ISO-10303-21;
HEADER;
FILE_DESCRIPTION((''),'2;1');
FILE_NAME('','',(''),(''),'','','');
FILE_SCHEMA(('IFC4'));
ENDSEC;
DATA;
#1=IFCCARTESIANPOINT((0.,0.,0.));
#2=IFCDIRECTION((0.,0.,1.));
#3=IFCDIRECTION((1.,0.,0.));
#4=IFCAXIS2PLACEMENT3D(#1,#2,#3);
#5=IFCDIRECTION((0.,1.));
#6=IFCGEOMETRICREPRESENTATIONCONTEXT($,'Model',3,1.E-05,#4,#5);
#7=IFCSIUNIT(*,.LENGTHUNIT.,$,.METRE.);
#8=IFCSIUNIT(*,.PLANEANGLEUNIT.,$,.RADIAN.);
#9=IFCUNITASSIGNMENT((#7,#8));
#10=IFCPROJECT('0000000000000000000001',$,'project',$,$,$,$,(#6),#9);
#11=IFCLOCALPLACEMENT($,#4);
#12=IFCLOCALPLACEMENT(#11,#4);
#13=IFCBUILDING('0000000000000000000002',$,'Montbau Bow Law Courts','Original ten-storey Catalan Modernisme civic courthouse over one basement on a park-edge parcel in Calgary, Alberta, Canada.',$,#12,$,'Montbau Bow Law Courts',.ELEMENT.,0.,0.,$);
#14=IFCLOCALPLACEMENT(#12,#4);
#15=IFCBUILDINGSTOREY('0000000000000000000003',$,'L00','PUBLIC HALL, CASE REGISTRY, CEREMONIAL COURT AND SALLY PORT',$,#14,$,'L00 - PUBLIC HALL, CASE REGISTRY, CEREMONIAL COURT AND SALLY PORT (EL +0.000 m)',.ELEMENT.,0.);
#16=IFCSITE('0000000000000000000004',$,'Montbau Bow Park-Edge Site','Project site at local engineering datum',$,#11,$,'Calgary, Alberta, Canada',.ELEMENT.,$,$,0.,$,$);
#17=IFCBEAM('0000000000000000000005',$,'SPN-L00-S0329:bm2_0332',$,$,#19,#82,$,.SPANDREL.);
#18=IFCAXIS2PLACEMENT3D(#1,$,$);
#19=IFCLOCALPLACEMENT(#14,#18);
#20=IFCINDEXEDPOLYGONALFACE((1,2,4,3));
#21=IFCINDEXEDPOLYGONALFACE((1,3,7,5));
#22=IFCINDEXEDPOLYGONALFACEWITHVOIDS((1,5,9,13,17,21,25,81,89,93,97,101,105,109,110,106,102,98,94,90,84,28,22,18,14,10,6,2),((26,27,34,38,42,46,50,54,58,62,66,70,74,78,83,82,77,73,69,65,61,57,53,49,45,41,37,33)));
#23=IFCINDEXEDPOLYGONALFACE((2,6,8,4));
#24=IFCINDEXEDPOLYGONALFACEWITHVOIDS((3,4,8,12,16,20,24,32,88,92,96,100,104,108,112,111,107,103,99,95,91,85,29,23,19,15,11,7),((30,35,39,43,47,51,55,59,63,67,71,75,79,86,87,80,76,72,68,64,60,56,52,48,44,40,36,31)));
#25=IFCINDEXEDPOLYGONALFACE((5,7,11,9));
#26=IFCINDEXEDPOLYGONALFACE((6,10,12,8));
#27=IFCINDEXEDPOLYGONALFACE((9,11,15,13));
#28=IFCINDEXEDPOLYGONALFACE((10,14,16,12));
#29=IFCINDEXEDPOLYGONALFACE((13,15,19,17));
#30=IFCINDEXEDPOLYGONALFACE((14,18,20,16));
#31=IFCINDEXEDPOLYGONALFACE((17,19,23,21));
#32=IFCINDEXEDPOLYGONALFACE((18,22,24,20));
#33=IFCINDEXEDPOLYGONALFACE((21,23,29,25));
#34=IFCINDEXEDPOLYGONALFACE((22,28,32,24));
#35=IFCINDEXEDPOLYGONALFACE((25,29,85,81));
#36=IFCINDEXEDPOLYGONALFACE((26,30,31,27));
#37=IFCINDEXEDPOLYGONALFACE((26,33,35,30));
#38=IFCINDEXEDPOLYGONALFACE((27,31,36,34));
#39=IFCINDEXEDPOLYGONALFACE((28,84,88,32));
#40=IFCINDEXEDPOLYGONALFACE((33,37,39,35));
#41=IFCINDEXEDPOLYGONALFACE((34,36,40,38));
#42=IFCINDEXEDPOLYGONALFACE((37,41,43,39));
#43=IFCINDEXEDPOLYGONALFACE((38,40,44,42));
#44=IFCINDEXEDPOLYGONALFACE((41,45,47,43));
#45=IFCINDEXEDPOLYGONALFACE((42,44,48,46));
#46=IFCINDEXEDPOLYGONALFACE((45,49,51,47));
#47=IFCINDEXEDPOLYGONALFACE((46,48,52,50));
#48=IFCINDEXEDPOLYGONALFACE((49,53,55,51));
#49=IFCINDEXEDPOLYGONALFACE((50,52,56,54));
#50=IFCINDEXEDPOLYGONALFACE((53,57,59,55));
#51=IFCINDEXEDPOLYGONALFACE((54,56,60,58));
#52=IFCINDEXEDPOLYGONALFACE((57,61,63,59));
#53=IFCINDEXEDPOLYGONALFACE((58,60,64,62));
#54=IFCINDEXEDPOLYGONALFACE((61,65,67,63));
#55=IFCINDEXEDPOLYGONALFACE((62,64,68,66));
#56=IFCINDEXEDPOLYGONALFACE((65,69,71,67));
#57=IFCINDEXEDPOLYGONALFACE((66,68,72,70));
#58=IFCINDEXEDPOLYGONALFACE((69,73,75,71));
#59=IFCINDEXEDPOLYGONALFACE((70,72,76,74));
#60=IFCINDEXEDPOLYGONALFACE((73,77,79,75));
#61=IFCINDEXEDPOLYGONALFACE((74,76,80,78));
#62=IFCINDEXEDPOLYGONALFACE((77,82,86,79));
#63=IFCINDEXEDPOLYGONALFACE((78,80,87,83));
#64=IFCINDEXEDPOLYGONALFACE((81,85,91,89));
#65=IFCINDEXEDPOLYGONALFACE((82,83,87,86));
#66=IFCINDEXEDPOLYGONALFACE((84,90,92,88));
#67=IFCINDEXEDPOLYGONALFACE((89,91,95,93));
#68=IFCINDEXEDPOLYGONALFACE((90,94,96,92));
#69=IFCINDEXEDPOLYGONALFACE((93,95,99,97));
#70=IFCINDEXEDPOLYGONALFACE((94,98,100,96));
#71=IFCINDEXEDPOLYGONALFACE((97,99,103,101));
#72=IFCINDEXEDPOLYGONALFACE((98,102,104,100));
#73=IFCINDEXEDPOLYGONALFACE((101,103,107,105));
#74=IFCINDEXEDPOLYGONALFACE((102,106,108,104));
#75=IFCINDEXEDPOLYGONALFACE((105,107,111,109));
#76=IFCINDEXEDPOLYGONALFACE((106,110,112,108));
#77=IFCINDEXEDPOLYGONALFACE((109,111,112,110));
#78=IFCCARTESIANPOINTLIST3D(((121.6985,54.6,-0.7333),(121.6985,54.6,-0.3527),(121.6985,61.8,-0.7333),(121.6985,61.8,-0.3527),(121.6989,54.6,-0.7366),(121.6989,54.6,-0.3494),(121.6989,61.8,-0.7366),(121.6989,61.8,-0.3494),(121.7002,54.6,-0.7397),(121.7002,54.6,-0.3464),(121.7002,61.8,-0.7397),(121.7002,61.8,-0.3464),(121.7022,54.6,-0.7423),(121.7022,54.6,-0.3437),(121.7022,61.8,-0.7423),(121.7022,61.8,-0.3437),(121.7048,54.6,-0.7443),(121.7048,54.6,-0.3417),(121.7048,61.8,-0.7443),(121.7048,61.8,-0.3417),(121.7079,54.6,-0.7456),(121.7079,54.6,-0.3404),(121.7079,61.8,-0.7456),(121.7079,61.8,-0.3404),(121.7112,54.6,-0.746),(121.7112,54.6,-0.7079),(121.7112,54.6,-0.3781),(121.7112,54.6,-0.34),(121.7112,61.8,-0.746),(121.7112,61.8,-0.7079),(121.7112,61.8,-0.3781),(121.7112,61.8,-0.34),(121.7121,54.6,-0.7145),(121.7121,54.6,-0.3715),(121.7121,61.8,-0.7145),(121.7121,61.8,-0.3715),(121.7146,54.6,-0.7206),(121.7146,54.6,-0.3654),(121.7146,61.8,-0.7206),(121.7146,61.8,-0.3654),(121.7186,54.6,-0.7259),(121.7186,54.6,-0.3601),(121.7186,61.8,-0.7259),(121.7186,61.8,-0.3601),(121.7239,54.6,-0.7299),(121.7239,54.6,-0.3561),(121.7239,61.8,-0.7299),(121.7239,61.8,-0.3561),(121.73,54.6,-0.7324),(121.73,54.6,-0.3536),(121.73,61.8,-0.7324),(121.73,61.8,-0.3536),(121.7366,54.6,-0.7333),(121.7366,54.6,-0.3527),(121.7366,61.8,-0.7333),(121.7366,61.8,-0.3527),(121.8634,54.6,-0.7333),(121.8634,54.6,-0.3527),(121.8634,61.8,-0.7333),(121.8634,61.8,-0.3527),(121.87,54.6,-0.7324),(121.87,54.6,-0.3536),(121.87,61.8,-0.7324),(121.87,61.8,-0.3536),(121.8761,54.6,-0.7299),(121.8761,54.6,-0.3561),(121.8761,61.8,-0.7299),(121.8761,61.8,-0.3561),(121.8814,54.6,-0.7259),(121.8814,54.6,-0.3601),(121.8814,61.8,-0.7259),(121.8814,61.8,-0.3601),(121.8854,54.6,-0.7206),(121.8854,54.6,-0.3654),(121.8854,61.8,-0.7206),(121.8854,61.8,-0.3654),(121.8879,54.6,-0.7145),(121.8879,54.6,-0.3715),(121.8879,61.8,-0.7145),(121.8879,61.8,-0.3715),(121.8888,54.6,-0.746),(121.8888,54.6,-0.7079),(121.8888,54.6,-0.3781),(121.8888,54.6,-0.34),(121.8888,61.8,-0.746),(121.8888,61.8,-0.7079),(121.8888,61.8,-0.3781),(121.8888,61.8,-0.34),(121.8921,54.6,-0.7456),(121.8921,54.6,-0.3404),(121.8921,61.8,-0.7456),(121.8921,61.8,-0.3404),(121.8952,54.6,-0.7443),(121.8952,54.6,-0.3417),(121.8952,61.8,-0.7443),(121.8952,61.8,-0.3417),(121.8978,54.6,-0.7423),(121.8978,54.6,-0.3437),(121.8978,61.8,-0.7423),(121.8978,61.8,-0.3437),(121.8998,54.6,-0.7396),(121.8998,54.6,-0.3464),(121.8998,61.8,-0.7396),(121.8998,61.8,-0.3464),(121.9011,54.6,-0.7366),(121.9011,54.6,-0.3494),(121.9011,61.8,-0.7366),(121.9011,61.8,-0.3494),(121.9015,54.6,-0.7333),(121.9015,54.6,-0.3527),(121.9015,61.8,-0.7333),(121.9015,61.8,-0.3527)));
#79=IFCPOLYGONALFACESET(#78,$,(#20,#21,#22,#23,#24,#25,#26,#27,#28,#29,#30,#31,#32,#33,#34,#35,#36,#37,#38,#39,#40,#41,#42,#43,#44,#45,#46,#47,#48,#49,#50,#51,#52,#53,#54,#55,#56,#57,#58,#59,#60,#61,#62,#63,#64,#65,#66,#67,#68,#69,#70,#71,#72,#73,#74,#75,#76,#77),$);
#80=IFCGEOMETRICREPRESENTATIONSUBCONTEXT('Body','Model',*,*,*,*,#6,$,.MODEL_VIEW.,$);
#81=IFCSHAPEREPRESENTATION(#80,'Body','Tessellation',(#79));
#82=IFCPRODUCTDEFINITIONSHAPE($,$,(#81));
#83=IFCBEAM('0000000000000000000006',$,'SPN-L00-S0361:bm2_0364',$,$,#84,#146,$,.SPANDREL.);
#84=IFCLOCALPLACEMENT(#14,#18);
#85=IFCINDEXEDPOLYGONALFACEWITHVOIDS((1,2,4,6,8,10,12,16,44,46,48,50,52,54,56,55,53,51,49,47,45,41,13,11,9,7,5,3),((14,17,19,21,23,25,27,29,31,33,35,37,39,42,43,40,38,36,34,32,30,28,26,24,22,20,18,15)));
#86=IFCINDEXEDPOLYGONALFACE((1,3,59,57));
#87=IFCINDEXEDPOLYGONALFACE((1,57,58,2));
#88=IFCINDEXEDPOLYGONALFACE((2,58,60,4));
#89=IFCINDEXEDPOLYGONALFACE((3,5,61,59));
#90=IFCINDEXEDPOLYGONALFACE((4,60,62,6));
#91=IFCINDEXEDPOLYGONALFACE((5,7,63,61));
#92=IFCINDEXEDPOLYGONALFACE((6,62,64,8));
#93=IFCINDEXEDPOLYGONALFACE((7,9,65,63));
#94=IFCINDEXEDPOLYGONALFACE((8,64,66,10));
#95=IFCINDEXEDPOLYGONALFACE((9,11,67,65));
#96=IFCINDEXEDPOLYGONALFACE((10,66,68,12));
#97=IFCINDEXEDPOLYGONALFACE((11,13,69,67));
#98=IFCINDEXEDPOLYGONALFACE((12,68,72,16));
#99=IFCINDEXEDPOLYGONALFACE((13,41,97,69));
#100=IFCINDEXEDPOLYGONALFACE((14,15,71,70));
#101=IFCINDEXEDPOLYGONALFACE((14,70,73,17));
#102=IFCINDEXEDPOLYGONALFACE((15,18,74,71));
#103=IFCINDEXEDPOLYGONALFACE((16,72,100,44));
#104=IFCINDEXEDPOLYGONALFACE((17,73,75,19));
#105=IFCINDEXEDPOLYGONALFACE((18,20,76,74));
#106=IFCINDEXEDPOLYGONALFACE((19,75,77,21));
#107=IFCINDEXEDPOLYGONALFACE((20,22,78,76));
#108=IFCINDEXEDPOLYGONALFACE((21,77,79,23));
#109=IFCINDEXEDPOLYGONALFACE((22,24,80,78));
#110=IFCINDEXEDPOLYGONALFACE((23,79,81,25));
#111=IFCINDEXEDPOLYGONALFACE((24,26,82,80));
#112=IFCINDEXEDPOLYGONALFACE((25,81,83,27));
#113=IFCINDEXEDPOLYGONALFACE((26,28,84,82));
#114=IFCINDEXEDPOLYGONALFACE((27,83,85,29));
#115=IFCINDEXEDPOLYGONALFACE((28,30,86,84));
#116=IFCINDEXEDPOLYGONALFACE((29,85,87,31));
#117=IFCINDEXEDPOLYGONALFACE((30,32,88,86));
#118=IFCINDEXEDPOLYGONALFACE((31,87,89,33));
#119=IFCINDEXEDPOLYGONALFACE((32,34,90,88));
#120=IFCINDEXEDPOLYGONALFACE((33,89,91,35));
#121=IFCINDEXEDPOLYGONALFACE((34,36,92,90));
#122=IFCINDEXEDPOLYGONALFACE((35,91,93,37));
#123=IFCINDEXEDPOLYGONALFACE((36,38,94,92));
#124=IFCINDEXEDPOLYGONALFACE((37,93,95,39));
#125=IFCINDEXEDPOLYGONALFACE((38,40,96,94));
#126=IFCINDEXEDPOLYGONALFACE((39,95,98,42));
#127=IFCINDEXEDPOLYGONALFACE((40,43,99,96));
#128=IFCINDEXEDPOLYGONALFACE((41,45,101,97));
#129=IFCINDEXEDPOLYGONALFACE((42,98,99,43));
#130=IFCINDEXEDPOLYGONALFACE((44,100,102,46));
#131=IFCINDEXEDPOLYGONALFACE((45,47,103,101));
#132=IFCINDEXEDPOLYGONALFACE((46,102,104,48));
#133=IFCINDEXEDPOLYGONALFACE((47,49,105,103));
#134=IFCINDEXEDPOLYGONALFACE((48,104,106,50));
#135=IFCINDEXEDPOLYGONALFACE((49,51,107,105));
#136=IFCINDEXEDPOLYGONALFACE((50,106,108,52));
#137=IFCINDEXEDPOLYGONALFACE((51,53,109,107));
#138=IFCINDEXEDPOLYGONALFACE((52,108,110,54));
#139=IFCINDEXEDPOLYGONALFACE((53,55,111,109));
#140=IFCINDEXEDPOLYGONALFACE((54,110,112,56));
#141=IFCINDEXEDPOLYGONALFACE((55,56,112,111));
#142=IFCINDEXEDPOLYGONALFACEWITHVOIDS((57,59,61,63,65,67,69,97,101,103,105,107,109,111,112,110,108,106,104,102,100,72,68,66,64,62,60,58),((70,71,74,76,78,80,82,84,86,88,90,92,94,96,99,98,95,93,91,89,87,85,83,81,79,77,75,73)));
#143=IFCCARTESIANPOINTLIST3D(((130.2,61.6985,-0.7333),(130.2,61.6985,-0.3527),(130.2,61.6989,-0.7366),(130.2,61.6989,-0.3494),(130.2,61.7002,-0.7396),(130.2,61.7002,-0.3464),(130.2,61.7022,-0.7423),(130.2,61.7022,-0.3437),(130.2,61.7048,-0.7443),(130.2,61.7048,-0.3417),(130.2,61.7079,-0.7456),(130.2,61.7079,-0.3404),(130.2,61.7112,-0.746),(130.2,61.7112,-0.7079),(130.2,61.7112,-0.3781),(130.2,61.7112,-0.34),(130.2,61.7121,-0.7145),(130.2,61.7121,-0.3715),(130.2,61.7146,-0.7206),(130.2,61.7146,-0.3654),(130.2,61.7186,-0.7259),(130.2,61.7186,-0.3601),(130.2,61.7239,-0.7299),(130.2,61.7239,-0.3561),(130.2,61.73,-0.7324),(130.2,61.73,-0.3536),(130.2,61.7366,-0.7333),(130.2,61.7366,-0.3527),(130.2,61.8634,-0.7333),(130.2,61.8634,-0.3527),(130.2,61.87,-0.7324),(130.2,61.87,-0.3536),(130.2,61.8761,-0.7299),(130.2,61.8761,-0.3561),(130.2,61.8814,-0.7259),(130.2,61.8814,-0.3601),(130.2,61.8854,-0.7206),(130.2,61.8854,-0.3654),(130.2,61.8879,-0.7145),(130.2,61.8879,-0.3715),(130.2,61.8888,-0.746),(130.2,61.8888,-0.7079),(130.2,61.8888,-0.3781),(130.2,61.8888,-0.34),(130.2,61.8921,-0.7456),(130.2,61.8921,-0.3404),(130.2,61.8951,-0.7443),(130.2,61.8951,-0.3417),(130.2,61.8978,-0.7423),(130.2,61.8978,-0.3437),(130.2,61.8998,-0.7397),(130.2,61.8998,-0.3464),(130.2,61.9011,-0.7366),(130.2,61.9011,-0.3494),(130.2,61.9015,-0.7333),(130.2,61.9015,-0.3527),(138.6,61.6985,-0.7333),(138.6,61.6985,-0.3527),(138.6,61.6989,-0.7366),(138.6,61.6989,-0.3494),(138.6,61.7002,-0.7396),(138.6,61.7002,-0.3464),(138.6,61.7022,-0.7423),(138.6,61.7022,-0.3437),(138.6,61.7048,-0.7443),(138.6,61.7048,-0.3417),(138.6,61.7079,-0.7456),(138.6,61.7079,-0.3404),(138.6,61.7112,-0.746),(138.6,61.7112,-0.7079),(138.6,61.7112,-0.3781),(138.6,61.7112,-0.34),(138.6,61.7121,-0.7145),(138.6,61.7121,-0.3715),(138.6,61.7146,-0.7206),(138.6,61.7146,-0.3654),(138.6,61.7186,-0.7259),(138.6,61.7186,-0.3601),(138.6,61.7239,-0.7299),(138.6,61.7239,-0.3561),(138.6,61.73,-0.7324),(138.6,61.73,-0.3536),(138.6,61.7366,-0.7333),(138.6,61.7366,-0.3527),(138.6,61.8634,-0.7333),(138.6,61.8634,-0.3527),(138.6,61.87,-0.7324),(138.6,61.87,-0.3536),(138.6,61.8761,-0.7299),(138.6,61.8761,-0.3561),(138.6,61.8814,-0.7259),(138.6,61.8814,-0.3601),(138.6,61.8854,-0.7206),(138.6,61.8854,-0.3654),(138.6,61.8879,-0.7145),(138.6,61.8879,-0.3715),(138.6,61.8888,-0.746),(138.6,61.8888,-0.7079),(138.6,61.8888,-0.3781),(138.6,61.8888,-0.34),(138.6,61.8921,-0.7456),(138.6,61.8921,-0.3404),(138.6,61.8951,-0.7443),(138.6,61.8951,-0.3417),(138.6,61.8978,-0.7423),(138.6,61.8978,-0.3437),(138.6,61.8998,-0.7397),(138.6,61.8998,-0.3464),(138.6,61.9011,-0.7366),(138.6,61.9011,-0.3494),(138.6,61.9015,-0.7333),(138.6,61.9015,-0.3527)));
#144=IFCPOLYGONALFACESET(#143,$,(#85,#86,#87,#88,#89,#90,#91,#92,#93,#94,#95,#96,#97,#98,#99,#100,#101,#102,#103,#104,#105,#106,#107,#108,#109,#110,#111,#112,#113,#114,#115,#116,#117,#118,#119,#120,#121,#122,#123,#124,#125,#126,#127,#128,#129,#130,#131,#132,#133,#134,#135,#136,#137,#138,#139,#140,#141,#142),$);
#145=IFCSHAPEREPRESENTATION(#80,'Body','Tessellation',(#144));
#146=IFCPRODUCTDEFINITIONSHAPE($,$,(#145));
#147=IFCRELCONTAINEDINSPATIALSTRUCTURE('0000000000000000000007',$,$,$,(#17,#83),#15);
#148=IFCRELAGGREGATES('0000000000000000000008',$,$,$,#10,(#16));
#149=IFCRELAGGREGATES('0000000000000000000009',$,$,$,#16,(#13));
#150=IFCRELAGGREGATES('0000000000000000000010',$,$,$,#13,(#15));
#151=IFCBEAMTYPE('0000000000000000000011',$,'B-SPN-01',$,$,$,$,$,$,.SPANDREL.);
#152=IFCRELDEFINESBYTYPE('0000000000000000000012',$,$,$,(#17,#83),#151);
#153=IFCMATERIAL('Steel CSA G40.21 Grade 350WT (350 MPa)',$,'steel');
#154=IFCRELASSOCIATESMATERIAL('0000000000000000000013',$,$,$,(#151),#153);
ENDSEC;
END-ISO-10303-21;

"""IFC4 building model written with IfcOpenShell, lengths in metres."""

from ifc_helpers import new_model, si_unit, direction, frame, origin_with_axes, origin_2d_with_axis, place, context, subcontext, project, spatial, hollow_rectangle, extrude, material, material_profile, profile_set, type_object, element, save


model = new_model("IFC4")

# Units and contexts
model_context = context("Model", 3, precision=1e-05, world=origin_with_axes(), true_north=direction((0.0, 1.0)))
body_context = subcontext(model_context, "Body", "Model", "MODEL_VIEW")
ifc_project = project(units=[si_unit("LENGTHUNIT", "METRE"), si_unit("PLANEANGLEUNIT", "RADIAN")], contexts=[model_context])

# Site, building, storey
site_placement = place(None, origin_with_axes())
site = spatial("IfcSite", under=ifc_project, at=site_placement, Name="Montbau Bow Park-Edge Site", Description="Project site at local engineering datum", LongName="Calgary, Alberta, Canada", CompositionType="ELEMENT", RefElevation=0.0)
building_placement = place(site_placement, origin_with_axes())
building = spatial("IfcBuilding", under=site, at=building_placement, Name="Montbau Bow Law Courts", Description="Original ten-storey Catalan Modernisme civic courthouse over one basement on a park-edge parcel in Calgary, Alberta, Canada.", LongName="Montbau Bow Law Courts", CompositionType="ELEMENT", ElevationOfRefHeight=0.0, ElevationOfTerrain=0.0)
storey_placement = place(building_placement, origin_with_axes())
storey = spatial("IfcBuildingStorey", under=building, at=storey_placement, Name="L00", Description="PUBLIC HALL, CASE REGISTRY, CEREMONIAL COURT AND SALLY PORT", LongName="L00 - PUBLIC HALL, CASE REGISTRY, CEREMONIAL COURT AND SALLY PORT (EL +0.000 m)", CompositionType="ELEMENT", Elevation=0.0)

# Beams
ifc_material_1 = material(Name="Steel CSA G40.21 Grade 350WT (350 MPa)", Category="steel")
ifc_material_profile_1 = material_profile(ifc_material_1, hollow_rectangle(XDim=0.203, YDim=0.406, WallThickness=0.0127, InnerFilletRadius=0.0254, OuterFilletRadius=0.0127, at=origin_2d_with_axis()), Name="HSS406X203X13", Category="Main", Priority=0)
ifc_profile_set_1 = profile_set([ifc_material_profile_1], Name="Steel CSA G40.21 Grade 350WT (350 MPa)")
beam_type_1 = type_object("IfcBeamType", Name="B-SPN-01", PredefinedType="SPANDREL", material=ifc_profile_set_1)
beam_1_placement = place(None, frame((121.8, 54.6, -0.543), z_axis=(0.0, 1.0, 0.0), x_axis=(-1.0, 0.0, 0.0)))
element("IfcBeam", 1, at=beam_1_placement, inside=storey, type_object=beam_type_1, Name="SPN-L00-S0329:bm2_0332", PredefinedType="SPANDREL", context=body_context, shape_type="SweptSolid", body=[
    extrude(hollow_rectangle(XDim=0.203, YDim=0.406, WallThickness=0.0127, InnerFilletRadius=0.0254, OuterFilletRadius=0.0127, at=origin_2d_with_axis()), origin_with_axes(), (0.0, 0.0, 1.0), 7.2),
])
beam_2_placement = place(None, frame((130.2, 61.8, -0.543), z_axis=(1.0, 0.0, 0.0), x_axis=(0.0, 1.0, 0.0)))
element("IfcBeam", 2, at=beam_2_placement, inside=storey, type_object=beam_type_1, Name="SPN-L00-S0361:bm2_0364", PredefinedType="SPANDREL", context=body_context, shape_type="SweptSolid", body=[
    extrude(hollow_rectangle(XDim=0.203, YDim=0.406, WallThickness=0.0127, InnerFilletRadius=0.0254, OuterFilletRadius=0.0127, at=origin_2d_with_axis()), origin_with_axes(), (0.0, 0.0, 1.0), 8.4),
])

save(model, "model.ifc")
